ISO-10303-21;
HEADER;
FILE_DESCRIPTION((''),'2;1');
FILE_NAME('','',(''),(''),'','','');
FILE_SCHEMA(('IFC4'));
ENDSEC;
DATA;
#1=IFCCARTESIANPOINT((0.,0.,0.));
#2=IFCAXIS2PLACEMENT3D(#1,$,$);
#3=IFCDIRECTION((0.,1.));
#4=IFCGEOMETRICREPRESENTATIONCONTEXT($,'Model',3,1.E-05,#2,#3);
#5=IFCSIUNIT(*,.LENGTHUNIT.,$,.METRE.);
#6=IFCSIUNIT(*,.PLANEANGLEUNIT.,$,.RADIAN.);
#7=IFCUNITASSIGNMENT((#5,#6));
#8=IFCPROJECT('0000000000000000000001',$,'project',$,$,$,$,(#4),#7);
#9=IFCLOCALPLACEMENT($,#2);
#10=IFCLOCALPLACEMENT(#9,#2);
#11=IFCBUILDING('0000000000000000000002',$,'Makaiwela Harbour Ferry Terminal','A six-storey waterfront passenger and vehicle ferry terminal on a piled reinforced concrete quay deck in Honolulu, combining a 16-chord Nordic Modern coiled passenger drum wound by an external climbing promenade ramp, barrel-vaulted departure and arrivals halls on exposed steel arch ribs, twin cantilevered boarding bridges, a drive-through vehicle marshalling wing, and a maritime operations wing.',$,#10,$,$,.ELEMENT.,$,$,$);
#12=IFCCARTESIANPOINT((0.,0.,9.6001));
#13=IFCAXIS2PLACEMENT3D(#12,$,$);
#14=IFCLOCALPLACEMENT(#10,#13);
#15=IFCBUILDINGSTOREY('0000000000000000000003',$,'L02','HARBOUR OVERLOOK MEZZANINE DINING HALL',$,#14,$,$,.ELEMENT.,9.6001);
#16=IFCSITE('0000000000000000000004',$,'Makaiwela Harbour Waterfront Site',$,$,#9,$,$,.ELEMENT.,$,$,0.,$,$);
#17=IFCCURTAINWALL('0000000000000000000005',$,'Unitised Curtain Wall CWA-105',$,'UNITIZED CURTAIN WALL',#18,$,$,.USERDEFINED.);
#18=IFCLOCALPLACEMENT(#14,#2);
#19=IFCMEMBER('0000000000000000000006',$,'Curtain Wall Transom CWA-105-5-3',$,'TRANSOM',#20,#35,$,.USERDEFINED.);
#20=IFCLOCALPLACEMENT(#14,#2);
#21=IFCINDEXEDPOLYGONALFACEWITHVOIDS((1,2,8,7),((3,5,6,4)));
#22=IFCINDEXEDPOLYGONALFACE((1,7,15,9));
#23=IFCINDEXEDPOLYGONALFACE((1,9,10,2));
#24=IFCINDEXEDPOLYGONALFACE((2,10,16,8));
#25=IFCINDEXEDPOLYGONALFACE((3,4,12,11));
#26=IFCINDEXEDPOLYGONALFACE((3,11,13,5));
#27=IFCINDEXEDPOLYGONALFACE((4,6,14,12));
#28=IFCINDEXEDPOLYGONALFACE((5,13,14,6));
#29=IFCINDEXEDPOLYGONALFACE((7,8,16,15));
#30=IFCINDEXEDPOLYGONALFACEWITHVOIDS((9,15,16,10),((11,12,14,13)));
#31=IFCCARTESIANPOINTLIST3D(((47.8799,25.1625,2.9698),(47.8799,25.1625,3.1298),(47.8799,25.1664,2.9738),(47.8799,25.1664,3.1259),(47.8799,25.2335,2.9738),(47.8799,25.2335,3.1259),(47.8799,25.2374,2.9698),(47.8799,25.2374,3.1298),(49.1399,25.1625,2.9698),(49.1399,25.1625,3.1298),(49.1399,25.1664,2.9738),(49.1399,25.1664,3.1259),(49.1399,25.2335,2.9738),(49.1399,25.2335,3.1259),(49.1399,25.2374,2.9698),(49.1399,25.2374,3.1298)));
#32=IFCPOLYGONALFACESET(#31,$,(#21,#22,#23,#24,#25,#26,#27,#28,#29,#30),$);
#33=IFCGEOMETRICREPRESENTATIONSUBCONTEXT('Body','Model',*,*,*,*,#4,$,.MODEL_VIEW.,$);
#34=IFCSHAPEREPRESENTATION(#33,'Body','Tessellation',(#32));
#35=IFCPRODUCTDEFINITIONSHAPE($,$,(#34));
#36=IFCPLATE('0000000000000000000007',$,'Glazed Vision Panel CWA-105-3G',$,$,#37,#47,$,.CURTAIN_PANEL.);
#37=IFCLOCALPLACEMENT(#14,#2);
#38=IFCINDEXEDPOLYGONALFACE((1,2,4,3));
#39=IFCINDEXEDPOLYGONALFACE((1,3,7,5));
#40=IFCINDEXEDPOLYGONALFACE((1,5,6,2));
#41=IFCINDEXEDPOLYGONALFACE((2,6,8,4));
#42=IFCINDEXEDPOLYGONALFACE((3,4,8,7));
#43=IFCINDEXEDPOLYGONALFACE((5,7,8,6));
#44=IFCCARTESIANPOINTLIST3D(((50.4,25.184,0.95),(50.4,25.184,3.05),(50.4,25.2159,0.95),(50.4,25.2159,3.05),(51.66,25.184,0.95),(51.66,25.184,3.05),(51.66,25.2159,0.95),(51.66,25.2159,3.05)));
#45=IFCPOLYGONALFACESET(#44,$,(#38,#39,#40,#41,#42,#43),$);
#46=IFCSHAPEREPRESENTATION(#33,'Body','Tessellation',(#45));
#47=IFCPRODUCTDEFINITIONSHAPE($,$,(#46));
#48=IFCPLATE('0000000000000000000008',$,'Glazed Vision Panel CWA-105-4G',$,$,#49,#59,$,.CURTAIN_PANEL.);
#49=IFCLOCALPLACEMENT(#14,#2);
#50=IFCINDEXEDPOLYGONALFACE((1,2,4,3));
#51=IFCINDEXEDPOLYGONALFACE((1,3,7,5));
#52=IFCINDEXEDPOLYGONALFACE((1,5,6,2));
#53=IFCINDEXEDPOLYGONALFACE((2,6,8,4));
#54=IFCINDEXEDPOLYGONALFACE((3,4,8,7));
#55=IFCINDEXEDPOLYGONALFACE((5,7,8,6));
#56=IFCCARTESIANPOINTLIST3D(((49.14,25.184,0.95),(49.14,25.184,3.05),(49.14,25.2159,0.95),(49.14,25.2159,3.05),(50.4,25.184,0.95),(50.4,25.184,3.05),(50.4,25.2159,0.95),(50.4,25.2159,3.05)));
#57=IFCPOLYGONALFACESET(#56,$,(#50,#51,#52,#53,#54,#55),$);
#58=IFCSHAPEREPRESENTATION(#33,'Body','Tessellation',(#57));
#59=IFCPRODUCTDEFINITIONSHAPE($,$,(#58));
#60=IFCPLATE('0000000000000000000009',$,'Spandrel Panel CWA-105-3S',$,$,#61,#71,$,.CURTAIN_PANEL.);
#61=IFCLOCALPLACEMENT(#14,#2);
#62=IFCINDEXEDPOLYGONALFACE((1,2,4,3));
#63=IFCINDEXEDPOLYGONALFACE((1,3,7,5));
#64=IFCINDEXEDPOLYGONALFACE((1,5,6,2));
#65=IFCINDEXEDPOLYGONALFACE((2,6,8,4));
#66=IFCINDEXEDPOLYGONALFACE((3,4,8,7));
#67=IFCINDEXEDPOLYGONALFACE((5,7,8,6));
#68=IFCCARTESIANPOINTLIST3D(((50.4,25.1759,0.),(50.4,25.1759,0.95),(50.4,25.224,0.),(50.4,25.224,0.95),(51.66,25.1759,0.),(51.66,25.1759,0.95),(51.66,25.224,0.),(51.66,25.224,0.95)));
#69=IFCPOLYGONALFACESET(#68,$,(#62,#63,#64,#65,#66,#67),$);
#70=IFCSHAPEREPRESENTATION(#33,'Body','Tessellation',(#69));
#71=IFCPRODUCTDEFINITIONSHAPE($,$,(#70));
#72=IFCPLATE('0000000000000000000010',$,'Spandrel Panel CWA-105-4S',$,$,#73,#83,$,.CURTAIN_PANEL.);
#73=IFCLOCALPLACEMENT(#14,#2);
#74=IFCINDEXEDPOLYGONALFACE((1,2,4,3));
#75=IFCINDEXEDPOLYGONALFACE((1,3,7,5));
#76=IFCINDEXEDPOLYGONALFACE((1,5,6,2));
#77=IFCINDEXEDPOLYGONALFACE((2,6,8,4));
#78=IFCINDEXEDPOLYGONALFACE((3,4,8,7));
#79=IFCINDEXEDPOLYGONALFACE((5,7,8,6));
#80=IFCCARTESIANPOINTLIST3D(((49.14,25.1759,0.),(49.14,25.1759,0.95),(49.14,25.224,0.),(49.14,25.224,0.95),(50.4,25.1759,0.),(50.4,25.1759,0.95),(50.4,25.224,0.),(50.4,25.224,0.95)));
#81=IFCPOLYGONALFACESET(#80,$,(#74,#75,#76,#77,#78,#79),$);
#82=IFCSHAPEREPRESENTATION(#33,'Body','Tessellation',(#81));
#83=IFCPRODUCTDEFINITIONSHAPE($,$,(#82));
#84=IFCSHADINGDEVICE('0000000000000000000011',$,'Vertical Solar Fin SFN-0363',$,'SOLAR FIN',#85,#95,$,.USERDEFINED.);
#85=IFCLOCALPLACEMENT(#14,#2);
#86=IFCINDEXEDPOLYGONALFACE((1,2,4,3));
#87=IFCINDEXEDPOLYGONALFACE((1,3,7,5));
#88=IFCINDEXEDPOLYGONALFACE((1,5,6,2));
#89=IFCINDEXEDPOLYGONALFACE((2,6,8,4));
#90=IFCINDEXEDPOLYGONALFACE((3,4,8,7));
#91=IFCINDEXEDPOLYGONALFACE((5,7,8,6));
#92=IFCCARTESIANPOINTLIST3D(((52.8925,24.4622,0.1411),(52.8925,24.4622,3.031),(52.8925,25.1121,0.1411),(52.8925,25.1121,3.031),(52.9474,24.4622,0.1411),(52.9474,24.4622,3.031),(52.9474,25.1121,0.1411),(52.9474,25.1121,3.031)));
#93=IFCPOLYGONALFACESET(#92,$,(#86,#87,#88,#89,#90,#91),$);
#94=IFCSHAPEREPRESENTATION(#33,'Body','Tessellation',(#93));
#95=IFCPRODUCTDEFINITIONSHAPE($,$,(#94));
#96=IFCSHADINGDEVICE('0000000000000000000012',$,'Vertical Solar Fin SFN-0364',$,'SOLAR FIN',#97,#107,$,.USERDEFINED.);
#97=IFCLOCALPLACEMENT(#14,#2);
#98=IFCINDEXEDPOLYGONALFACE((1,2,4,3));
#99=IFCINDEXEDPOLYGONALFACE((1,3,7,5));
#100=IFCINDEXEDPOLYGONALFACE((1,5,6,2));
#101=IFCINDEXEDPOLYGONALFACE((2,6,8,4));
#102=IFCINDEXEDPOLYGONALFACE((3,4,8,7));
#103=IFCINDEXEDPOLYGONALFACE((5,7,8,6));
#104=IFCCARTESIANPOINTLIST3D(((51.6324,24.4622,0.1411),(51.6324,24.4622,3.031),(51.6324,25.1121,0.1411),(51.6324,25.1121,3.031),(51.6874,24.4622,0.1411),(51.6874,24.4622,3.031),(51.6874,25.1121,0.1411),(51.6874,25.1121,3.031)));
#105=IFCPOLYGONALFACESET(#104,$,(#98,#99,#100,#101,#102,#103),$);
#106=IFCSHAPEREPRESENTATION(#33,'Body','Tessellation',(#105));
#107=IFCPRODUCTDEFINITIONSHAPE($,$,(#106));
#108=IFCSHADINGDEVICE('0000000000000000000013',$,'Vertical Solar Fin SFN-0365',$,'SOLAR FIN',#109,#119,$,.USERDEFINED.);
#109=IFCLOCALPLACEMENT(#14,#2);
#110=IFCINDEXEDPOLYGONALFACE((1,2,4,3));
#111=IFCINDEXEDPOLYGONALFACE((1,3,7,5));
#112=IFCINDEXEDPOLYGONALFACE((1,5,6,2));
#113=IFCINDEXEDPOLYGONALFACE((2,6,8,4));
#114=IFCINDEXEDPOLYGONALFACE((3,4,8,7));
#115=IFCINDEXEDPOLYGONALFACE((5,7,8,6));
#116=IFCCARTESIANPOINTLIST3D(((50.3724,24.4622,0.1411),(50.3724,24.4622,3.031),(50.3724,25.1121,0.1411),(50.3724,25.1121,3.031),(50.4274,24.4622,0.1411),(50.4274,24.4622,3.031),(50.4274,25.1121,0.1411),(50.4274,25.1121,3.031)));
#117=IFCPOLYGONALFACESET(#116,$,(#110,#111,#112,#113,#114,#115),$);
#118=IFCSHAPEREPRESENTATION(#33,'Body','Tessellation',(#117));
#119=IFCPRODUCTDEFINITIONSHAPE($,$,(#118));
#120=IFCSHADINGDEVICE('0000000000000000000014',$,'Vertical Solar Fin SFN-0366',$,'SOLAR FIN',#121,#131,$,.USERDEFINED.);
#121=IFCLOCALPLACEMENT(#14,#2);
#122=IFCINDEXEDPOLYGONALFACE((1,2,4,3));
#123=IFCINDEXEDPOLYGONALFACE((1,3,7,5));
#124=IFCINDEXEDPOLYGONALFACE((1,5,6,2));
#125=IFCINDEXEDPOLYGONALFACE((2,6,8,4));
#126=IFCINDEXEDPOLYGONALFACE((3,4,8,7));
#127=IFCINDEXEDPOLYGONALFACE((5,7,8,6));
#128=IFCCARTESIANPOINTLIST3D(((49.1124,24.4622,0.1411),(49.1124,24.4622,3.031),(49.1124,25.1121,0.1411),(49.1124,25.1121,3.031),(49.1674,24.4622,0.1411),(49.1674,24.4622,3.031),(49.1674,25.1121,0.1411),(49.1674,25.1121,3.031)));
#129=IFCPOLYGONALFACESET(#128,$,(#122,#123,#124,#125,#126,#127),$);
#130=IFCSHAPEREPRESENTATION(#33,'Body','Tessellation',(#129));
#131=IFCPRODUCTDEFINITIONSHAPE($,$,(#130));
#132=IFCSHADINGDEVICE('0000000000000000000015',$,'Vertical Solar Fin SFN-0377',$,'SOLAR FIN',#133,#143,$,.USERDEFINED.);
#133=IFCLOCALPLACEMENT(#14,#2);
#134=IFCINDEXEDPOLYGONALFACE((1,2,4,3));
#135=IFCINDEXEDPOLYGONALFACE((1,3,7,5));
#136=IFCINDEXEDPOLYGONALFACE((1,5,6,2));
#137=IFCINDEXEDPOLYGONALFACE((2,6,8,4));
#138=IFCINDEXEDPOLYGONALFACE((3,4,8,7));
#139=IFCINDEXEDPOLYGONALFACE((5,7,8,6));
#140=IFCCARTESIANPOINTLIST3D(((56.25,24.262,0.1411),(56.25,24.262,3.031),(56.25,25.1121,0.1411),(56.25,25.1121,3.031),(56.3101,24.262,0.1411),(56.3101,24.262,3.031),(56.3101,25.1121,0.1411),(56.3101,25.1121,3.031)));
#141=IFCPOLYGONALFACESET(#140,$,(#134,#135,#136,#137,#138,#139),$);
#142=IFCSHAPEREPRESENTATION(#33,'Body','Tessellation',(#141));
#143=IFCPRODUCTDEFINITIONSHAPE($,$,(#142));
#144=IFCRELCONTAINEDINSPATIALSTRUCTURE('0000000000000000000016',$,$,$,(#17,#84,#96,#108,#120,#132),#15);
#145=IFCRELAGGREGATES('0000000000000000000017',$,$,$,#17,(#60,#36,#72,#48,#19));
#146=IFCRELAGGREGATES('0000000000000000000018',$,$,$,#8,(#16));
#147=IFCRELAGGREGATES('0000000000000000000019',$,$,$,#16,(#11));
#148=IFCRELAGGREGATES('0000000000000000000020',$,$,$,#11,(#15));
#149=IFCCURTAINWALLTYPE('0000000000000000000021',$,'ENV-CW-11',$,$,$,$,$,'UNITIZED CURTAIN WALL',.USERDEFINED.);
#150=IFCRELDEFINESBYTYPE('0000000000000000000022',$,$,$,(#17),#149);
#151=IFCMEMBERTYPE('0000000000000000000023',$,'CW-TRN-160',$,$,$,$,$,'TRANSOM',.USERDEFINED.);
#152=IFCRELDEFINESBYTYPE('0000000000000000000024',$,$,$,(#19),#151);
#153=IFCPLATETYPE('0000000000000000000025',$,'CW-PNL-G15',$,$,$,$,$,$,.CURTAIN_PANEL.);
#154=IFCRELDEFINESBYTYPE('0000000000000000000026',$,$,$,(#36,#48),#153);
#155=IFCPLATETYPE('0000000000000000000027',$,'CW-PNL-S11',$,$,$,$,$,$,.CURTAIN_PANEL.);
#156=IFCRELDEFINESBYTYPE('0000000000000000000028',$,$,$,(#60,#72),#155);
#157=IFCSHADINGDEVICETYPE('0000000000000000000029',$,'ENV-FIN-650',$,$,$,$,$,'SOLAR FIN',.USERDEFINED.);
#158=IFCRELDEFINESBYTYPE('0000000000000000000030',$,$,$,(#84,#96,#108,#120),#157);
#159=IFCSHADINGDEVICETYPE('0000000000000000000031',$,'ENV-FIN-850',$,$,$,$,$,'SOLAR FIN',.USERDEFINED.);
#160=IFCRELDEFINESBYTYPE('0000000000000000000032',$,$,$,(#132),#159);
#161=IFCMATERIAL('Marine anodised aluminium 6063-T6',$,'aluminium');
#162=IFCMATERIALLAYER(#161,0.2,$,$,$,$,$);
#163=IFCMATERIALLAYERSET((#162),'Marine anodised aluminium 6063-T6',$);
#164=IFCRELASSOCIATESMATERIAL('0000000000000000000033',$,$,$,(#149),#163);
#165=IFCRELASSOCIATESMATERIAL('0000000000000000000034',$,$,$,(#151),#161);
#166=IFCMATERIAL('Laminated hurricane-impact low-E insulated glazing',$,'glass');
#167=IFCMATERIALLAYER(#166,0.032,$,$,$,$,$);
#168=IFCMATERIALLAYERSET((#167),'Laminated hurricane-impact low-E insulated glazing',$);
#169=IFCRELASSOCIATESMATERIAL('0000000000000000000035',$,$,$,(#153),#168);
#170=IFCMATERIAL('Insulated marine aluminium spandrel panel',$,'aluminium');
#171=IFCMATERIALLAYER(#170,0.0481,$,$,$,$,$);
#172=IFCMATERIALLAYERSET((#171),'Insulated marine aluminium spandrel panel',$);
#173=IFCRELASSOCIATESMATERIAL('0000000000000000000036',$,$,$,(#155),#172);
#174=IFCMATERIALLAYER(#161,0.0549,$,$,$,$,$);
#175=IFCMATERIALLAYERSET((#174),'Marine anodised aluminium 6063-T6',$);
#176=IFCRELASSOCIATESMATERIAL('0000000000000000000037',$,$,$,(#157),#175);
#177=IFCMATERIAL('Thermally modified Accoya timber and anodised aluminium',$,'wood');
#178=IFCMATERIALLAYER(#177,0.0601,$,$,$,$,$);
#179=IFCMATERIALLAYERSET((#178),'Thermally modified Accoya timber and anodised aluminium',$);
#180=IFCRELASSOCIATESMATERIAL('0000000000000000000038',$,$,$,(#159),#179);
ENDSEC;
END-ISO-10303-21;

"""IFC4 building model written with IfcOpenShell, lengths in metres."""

from ifc_helpers import new_model, si_unit, direction, frame, origin, origin_2d, place, context, subcontext, project, spatial, rectangle, hollow_rectangle, extrude, material, layer, layer_set, material_profile, profile_set, type_object, element, aggregate, save


model = new_model("IFC4")

# Units and contexts
model_context = context("Model", 3, precision=1e-05, world=origin(), true_north=direction((0.0, 1.0)))
body_context = subcontext(model_context, "Body", "Model", "MODEL_VIEW")
ifc_project = project(units=[si_unit("LENGTHUNIT", "METRE"), si_unit("PLANEANGLEUNIT", "RADIAN")], contexts=[model_context])

# Site, building, storey
site_placement = place(None, origin())
site = spatial("IfcSite", under=ifc_project, at=site_placement, Name="Makaiwela Harbour Waterfront Site", CompositionType="ELEMENT", RefElevation=0.0)
building_placement = place(site_placement, origin())
building = spatial("IfcBuilding", under=site, at=building_placement, Name="Makaiwela Harbour Ferry Terminal", Description="A six-storey waterfront passenger and vehicle ferry terminal on a piled reinforced concrete quay deck in Honolulu, combining a 16-chord Nordic Modern coiled passenger drum wound by an external climbing promenade ramp, barrel-vaulted departure and arrivals halls on exposed steel arch ribs, twin cantilevered boarding bridges, a drive-through vehicle marshalling wing, and a maritime operations wing.", CompositionType="ELEMENT")
storey_placement = place(building_placement, frame((0.0, 0.0, 9.6001)))
storey = spatial("IfcBuildingStorey", under=building, at=storey_placement, Name="L02", Description="HARBOUR OVERLOOK MEZZANINE DINING HALL", CompositionType="ELEMENT", Elevation=9.6001)

# Curtain wall, member, plates
ifc_material_1 = material(Name="Marine anodised aluminium 6063-T6", Category="aluminium")
ifc_layer_1 = layer(ifc_material_1, 0.2)
ifc_layer_set_1 = layer_set([ifc_layer_1], Name="Marine anodised aluminium 6063-T6")
curtain_wall_type = type_object("IfcCurtainWallType", Name="ENV-CW-11", ElementType="UNITIZED CURTAIN WALL", PredefinedType="USERDEFINED", material=ifc_layer_set_1)
curtain_wall_placement = place(storey_placement, origin())
curtain_wall = element("IfcCurtainWall", 1, at=curtain_wall_placement, inside=storey, type_object=curtain_wall_type, Name="Unitised Curtain Wall CWA-105", ObjectType="UNITIZED CURTAIN WALL", PredefinedType="USERDEFINED")
ifc_material_profile_1 = material_profile(ifc_material_1, hollow_rectangle(XDim=0.075, YDim=0.1599, WallThickness=0.0039, at=origin_2d()), Name="CWT-160X75")
ifc_profile_set_1 = profile_set([ifc_material_profile_1], Name="Marine anodised aluminium 6063-T6")
member_type_1 = type_object("IfcMemberType", Name="CW-TRN-160", ElementType="TRANSOM", PredefinedType="USERDEFINED", material=ifc_profile_set_1)
member_1_placement = place(storey_placement, frame((49.1399, 25.2, 3.0498), z_axis=(-1.0, 0.0, 0.0), x_axis=(0.0, -1.0, 0.0)))
member_1 = element("IfcMember", 2, at=member_1_placement, type_object=member_type_1, Name="Curtain Wall Transom CWA-105-5-3", ObjectType="TRANSOM", PredefinedType="USERDEFINED", context=body_context, shape_type="SweptSolid", body=[
    extrude(hollow_rectangle(XDim=0.075, YDim=0.1599, WallThickness=0.0039, at=origin_2d()), origin(), (0.0, 0.0, 1.0), 1.26),
])
ifc_material_2 = material(Name="Laminated hurricane-impact low-E insulated glazing", Category="glass")
ifc_layer_2 = layer(ifc_material_2, 0.032)
ifc_layer_set_2 = layer_set([ifc_layer_2], Name="Laminated hurricane-impact low-E insulated glazing")
plate_type_1 = type_object("IfcPlateType", Name="CW-PNL-G15", PredefinedType="CURTAIN_PANEL", material=ifc_layer_set_2)
plate_1_placement = place(storey_placement, frame((51.03, 25.2, 0.95), z_axis=(0.0, 0.0, 1.0), x_axis=(-1.0, 0.0, 0.0)))
plate_1 = element("IfcPlate", 3, at=plate_1_placement, type_object=plate_type_1, Name="Glazed Vision Panel CWA-105-3G", PredefinedType="CURTAIN_PANEL", context=body_context, shape_type="SweptSolid", body=[
    extrude(rectangle(XDim=1.26, YDim=0.032, at=origin_2d()), origin(), (0.0, 0.0, 1.0), 2.1001),
])
plate_2_placement = place(storey_placement, frame((49.77, 25.2, 0.95), z_axis=(0.0, 0.0, 1.0), x_axis=(-1.0, 0.0, 0.0)))
plate_2 = element("IfcPlate", 4, at=plate_2_placement, type_object=plate_type_1, Name="Glazed Vision Panel CWA-105-4G", PredefinedType="CURTAIN_PANEL", context=body_context, shape_type="SweptSolid", body=[
    extrude(rectangle(XDim=1.26, YDim=0.032, at=origin_2d()), origin(), (0.0, 0.0, 1.0), 2.1001),
])
ifc_material_3 = material(Name="Insulated marine aluminium spandrel panel", Category="aluminium")
ifc_layer_3 = layer(ifc_material_3, 0.0481)
ifc_layer_set_3 = layer_set([ifc_layer_3], Name="Insulated marine aluminium spandrel panel")
plate_type_2 = type_object("IfcPlateType", Name="CW-PNL-S11", PredefinedType="CURTAIN_PANEL", material=ifc_layer_set_3)
plate_3_placement = place(storey_placement, frame((51.03, 25.2, 0.0), z_axis=(0.0, 0.0, 1.0), x_axis=(-1.0, 0.0, 0.0)))
plate_3 = element("IfcPlate", 5, at=plate_3_placement, type_object=plate_type_2, Name="Spandrel Panel CWA-105-3S", PredefinedType="CURTAIN_PANEL", context=body_context, shape_type="SweptSolid", body=[
    extrude(rectangle(XDim=1.26, YDim=0.0481, at=origin_2d()), origin(), (0.0, 0.0, 1.0), 0.95),
])
plate_4_placement = place(storey_placement, frame((49.77, 25.2, 0.0), z_axis=(0.0, 0.0, 1.0), x_axis=(-1.0, 0.0, 0.0)))
plate_4 = element("IfcPlate", 6, at=plate_4_placement, type_object=plate_type_2, Name="Spandrel Panel CWA-105-4S", PredefinedType="CURTAIN_PANEL", context=body_context, shape_type="SweptSolid", body=[
    extrude(rectangle(XDim=1.26, YDim=0.0481, at=origin_2d()), origin(), (0.0, 0.0, 1.0), 0.95),
])
aggregate(curtain_wall, [plate_3, plate_1, plate_4, plate_2, member_1])

# Shading devices
ifc_layer_4 = layer(ifc_material_1, 0.0549)
ifc_layer_set_4 = layer_set([ifc_layer_4], Name="Marine anodised aluminium 6063-T6")
shading_device_type_1 = type_object("IfcShadingDeviceType", Name="ENV-FIN-650", ElementType="SOLAR FIN", PredefinedType="USERDEFINED", material=ifc_layer_set_4)
for number, where, z_axis, x_axis, name in (
    (7, (52.9199, 24.7871, 0.1411), (0.0, 0.0, 1.0), (0.0, -1.0, 0.0), "Vertical Solar Fin SFN-0363"),
    (8, (51.6599, 24.7871, 0.1411), (0.0, 0.0, 1.0), (0.0, -1.0, 0.0), "Vertical Solar Fin SFN-0364"),
    (9, (50.3999, 24.7871, 0.1411), (0.0, 0.0, 1.0), (0.0, -1.0, 0.0), "Vertical Solar Fin SFN-0365"),
    (10, (49.1399, 24.7871, 0.1411), (0.0, 0.0, 1.0), (0.0, -1.0, 0.0), "Vertical Solar Fin SFN-0366"),
):
    element("IfcShadingDevice", number, at=place(storey_placement, frame(where, z_axis=z_axis, x_axis=x_axis)), inside=storey, type_object=shading_device_type_1, Name=name, ObjectType="SOLAR FIN", PredefinedType="USERDEFINED", context=body_context, shape_type="SweptSolid", body=[
        extrude(rectangle(XDim=0.6499, YDim=0.0549, at=origin_2d()), origin(), (0.0, 0.0, 1.0), 2.8899),
    ])
ifc_material_4 = material(Name="Thermally modified Accoya timber and anodised aluminium", Category="wood")
ifc_layer_5 = layer(ifc_material_4, 0.0601)
ifc_layer_set_5 = layer_set([ifc_layer_5], Name="Thermally modified Accoya timber and anodised aluminium")
shading_device_type_2 = type_object("IfcShadingDeviceType", Name="ENV-FIN-850", ElementType="SOLAR FIN", PredefinedType="USERDEFINED", material=ifc_layer_set_5)
shading_device_placement = place(storey_placement, frame((56.28, 24.687, 0.1411), z_axis=(0.0, 0.0, 1.0), x_axis=(0.0, -1.0, 0.0)))
element("IfcShadingDevice", 11, at=shading_device_placement, inside=storey, type_object=shading_device_type_2, Name="Vertical Solar Fin SFN-0377", ObjectType="SOLAR FIN", PredefinedType="USERDEFINED", context=body_context, shape_type="SweptSolid", body=[
    extrude(rectangle(XDim=0.8501, YDim=0.0601, at=origin_2d()), origin(), (0.0, 0.0, 1.0), 2.8899),
])

save(model, "model.ifc")
